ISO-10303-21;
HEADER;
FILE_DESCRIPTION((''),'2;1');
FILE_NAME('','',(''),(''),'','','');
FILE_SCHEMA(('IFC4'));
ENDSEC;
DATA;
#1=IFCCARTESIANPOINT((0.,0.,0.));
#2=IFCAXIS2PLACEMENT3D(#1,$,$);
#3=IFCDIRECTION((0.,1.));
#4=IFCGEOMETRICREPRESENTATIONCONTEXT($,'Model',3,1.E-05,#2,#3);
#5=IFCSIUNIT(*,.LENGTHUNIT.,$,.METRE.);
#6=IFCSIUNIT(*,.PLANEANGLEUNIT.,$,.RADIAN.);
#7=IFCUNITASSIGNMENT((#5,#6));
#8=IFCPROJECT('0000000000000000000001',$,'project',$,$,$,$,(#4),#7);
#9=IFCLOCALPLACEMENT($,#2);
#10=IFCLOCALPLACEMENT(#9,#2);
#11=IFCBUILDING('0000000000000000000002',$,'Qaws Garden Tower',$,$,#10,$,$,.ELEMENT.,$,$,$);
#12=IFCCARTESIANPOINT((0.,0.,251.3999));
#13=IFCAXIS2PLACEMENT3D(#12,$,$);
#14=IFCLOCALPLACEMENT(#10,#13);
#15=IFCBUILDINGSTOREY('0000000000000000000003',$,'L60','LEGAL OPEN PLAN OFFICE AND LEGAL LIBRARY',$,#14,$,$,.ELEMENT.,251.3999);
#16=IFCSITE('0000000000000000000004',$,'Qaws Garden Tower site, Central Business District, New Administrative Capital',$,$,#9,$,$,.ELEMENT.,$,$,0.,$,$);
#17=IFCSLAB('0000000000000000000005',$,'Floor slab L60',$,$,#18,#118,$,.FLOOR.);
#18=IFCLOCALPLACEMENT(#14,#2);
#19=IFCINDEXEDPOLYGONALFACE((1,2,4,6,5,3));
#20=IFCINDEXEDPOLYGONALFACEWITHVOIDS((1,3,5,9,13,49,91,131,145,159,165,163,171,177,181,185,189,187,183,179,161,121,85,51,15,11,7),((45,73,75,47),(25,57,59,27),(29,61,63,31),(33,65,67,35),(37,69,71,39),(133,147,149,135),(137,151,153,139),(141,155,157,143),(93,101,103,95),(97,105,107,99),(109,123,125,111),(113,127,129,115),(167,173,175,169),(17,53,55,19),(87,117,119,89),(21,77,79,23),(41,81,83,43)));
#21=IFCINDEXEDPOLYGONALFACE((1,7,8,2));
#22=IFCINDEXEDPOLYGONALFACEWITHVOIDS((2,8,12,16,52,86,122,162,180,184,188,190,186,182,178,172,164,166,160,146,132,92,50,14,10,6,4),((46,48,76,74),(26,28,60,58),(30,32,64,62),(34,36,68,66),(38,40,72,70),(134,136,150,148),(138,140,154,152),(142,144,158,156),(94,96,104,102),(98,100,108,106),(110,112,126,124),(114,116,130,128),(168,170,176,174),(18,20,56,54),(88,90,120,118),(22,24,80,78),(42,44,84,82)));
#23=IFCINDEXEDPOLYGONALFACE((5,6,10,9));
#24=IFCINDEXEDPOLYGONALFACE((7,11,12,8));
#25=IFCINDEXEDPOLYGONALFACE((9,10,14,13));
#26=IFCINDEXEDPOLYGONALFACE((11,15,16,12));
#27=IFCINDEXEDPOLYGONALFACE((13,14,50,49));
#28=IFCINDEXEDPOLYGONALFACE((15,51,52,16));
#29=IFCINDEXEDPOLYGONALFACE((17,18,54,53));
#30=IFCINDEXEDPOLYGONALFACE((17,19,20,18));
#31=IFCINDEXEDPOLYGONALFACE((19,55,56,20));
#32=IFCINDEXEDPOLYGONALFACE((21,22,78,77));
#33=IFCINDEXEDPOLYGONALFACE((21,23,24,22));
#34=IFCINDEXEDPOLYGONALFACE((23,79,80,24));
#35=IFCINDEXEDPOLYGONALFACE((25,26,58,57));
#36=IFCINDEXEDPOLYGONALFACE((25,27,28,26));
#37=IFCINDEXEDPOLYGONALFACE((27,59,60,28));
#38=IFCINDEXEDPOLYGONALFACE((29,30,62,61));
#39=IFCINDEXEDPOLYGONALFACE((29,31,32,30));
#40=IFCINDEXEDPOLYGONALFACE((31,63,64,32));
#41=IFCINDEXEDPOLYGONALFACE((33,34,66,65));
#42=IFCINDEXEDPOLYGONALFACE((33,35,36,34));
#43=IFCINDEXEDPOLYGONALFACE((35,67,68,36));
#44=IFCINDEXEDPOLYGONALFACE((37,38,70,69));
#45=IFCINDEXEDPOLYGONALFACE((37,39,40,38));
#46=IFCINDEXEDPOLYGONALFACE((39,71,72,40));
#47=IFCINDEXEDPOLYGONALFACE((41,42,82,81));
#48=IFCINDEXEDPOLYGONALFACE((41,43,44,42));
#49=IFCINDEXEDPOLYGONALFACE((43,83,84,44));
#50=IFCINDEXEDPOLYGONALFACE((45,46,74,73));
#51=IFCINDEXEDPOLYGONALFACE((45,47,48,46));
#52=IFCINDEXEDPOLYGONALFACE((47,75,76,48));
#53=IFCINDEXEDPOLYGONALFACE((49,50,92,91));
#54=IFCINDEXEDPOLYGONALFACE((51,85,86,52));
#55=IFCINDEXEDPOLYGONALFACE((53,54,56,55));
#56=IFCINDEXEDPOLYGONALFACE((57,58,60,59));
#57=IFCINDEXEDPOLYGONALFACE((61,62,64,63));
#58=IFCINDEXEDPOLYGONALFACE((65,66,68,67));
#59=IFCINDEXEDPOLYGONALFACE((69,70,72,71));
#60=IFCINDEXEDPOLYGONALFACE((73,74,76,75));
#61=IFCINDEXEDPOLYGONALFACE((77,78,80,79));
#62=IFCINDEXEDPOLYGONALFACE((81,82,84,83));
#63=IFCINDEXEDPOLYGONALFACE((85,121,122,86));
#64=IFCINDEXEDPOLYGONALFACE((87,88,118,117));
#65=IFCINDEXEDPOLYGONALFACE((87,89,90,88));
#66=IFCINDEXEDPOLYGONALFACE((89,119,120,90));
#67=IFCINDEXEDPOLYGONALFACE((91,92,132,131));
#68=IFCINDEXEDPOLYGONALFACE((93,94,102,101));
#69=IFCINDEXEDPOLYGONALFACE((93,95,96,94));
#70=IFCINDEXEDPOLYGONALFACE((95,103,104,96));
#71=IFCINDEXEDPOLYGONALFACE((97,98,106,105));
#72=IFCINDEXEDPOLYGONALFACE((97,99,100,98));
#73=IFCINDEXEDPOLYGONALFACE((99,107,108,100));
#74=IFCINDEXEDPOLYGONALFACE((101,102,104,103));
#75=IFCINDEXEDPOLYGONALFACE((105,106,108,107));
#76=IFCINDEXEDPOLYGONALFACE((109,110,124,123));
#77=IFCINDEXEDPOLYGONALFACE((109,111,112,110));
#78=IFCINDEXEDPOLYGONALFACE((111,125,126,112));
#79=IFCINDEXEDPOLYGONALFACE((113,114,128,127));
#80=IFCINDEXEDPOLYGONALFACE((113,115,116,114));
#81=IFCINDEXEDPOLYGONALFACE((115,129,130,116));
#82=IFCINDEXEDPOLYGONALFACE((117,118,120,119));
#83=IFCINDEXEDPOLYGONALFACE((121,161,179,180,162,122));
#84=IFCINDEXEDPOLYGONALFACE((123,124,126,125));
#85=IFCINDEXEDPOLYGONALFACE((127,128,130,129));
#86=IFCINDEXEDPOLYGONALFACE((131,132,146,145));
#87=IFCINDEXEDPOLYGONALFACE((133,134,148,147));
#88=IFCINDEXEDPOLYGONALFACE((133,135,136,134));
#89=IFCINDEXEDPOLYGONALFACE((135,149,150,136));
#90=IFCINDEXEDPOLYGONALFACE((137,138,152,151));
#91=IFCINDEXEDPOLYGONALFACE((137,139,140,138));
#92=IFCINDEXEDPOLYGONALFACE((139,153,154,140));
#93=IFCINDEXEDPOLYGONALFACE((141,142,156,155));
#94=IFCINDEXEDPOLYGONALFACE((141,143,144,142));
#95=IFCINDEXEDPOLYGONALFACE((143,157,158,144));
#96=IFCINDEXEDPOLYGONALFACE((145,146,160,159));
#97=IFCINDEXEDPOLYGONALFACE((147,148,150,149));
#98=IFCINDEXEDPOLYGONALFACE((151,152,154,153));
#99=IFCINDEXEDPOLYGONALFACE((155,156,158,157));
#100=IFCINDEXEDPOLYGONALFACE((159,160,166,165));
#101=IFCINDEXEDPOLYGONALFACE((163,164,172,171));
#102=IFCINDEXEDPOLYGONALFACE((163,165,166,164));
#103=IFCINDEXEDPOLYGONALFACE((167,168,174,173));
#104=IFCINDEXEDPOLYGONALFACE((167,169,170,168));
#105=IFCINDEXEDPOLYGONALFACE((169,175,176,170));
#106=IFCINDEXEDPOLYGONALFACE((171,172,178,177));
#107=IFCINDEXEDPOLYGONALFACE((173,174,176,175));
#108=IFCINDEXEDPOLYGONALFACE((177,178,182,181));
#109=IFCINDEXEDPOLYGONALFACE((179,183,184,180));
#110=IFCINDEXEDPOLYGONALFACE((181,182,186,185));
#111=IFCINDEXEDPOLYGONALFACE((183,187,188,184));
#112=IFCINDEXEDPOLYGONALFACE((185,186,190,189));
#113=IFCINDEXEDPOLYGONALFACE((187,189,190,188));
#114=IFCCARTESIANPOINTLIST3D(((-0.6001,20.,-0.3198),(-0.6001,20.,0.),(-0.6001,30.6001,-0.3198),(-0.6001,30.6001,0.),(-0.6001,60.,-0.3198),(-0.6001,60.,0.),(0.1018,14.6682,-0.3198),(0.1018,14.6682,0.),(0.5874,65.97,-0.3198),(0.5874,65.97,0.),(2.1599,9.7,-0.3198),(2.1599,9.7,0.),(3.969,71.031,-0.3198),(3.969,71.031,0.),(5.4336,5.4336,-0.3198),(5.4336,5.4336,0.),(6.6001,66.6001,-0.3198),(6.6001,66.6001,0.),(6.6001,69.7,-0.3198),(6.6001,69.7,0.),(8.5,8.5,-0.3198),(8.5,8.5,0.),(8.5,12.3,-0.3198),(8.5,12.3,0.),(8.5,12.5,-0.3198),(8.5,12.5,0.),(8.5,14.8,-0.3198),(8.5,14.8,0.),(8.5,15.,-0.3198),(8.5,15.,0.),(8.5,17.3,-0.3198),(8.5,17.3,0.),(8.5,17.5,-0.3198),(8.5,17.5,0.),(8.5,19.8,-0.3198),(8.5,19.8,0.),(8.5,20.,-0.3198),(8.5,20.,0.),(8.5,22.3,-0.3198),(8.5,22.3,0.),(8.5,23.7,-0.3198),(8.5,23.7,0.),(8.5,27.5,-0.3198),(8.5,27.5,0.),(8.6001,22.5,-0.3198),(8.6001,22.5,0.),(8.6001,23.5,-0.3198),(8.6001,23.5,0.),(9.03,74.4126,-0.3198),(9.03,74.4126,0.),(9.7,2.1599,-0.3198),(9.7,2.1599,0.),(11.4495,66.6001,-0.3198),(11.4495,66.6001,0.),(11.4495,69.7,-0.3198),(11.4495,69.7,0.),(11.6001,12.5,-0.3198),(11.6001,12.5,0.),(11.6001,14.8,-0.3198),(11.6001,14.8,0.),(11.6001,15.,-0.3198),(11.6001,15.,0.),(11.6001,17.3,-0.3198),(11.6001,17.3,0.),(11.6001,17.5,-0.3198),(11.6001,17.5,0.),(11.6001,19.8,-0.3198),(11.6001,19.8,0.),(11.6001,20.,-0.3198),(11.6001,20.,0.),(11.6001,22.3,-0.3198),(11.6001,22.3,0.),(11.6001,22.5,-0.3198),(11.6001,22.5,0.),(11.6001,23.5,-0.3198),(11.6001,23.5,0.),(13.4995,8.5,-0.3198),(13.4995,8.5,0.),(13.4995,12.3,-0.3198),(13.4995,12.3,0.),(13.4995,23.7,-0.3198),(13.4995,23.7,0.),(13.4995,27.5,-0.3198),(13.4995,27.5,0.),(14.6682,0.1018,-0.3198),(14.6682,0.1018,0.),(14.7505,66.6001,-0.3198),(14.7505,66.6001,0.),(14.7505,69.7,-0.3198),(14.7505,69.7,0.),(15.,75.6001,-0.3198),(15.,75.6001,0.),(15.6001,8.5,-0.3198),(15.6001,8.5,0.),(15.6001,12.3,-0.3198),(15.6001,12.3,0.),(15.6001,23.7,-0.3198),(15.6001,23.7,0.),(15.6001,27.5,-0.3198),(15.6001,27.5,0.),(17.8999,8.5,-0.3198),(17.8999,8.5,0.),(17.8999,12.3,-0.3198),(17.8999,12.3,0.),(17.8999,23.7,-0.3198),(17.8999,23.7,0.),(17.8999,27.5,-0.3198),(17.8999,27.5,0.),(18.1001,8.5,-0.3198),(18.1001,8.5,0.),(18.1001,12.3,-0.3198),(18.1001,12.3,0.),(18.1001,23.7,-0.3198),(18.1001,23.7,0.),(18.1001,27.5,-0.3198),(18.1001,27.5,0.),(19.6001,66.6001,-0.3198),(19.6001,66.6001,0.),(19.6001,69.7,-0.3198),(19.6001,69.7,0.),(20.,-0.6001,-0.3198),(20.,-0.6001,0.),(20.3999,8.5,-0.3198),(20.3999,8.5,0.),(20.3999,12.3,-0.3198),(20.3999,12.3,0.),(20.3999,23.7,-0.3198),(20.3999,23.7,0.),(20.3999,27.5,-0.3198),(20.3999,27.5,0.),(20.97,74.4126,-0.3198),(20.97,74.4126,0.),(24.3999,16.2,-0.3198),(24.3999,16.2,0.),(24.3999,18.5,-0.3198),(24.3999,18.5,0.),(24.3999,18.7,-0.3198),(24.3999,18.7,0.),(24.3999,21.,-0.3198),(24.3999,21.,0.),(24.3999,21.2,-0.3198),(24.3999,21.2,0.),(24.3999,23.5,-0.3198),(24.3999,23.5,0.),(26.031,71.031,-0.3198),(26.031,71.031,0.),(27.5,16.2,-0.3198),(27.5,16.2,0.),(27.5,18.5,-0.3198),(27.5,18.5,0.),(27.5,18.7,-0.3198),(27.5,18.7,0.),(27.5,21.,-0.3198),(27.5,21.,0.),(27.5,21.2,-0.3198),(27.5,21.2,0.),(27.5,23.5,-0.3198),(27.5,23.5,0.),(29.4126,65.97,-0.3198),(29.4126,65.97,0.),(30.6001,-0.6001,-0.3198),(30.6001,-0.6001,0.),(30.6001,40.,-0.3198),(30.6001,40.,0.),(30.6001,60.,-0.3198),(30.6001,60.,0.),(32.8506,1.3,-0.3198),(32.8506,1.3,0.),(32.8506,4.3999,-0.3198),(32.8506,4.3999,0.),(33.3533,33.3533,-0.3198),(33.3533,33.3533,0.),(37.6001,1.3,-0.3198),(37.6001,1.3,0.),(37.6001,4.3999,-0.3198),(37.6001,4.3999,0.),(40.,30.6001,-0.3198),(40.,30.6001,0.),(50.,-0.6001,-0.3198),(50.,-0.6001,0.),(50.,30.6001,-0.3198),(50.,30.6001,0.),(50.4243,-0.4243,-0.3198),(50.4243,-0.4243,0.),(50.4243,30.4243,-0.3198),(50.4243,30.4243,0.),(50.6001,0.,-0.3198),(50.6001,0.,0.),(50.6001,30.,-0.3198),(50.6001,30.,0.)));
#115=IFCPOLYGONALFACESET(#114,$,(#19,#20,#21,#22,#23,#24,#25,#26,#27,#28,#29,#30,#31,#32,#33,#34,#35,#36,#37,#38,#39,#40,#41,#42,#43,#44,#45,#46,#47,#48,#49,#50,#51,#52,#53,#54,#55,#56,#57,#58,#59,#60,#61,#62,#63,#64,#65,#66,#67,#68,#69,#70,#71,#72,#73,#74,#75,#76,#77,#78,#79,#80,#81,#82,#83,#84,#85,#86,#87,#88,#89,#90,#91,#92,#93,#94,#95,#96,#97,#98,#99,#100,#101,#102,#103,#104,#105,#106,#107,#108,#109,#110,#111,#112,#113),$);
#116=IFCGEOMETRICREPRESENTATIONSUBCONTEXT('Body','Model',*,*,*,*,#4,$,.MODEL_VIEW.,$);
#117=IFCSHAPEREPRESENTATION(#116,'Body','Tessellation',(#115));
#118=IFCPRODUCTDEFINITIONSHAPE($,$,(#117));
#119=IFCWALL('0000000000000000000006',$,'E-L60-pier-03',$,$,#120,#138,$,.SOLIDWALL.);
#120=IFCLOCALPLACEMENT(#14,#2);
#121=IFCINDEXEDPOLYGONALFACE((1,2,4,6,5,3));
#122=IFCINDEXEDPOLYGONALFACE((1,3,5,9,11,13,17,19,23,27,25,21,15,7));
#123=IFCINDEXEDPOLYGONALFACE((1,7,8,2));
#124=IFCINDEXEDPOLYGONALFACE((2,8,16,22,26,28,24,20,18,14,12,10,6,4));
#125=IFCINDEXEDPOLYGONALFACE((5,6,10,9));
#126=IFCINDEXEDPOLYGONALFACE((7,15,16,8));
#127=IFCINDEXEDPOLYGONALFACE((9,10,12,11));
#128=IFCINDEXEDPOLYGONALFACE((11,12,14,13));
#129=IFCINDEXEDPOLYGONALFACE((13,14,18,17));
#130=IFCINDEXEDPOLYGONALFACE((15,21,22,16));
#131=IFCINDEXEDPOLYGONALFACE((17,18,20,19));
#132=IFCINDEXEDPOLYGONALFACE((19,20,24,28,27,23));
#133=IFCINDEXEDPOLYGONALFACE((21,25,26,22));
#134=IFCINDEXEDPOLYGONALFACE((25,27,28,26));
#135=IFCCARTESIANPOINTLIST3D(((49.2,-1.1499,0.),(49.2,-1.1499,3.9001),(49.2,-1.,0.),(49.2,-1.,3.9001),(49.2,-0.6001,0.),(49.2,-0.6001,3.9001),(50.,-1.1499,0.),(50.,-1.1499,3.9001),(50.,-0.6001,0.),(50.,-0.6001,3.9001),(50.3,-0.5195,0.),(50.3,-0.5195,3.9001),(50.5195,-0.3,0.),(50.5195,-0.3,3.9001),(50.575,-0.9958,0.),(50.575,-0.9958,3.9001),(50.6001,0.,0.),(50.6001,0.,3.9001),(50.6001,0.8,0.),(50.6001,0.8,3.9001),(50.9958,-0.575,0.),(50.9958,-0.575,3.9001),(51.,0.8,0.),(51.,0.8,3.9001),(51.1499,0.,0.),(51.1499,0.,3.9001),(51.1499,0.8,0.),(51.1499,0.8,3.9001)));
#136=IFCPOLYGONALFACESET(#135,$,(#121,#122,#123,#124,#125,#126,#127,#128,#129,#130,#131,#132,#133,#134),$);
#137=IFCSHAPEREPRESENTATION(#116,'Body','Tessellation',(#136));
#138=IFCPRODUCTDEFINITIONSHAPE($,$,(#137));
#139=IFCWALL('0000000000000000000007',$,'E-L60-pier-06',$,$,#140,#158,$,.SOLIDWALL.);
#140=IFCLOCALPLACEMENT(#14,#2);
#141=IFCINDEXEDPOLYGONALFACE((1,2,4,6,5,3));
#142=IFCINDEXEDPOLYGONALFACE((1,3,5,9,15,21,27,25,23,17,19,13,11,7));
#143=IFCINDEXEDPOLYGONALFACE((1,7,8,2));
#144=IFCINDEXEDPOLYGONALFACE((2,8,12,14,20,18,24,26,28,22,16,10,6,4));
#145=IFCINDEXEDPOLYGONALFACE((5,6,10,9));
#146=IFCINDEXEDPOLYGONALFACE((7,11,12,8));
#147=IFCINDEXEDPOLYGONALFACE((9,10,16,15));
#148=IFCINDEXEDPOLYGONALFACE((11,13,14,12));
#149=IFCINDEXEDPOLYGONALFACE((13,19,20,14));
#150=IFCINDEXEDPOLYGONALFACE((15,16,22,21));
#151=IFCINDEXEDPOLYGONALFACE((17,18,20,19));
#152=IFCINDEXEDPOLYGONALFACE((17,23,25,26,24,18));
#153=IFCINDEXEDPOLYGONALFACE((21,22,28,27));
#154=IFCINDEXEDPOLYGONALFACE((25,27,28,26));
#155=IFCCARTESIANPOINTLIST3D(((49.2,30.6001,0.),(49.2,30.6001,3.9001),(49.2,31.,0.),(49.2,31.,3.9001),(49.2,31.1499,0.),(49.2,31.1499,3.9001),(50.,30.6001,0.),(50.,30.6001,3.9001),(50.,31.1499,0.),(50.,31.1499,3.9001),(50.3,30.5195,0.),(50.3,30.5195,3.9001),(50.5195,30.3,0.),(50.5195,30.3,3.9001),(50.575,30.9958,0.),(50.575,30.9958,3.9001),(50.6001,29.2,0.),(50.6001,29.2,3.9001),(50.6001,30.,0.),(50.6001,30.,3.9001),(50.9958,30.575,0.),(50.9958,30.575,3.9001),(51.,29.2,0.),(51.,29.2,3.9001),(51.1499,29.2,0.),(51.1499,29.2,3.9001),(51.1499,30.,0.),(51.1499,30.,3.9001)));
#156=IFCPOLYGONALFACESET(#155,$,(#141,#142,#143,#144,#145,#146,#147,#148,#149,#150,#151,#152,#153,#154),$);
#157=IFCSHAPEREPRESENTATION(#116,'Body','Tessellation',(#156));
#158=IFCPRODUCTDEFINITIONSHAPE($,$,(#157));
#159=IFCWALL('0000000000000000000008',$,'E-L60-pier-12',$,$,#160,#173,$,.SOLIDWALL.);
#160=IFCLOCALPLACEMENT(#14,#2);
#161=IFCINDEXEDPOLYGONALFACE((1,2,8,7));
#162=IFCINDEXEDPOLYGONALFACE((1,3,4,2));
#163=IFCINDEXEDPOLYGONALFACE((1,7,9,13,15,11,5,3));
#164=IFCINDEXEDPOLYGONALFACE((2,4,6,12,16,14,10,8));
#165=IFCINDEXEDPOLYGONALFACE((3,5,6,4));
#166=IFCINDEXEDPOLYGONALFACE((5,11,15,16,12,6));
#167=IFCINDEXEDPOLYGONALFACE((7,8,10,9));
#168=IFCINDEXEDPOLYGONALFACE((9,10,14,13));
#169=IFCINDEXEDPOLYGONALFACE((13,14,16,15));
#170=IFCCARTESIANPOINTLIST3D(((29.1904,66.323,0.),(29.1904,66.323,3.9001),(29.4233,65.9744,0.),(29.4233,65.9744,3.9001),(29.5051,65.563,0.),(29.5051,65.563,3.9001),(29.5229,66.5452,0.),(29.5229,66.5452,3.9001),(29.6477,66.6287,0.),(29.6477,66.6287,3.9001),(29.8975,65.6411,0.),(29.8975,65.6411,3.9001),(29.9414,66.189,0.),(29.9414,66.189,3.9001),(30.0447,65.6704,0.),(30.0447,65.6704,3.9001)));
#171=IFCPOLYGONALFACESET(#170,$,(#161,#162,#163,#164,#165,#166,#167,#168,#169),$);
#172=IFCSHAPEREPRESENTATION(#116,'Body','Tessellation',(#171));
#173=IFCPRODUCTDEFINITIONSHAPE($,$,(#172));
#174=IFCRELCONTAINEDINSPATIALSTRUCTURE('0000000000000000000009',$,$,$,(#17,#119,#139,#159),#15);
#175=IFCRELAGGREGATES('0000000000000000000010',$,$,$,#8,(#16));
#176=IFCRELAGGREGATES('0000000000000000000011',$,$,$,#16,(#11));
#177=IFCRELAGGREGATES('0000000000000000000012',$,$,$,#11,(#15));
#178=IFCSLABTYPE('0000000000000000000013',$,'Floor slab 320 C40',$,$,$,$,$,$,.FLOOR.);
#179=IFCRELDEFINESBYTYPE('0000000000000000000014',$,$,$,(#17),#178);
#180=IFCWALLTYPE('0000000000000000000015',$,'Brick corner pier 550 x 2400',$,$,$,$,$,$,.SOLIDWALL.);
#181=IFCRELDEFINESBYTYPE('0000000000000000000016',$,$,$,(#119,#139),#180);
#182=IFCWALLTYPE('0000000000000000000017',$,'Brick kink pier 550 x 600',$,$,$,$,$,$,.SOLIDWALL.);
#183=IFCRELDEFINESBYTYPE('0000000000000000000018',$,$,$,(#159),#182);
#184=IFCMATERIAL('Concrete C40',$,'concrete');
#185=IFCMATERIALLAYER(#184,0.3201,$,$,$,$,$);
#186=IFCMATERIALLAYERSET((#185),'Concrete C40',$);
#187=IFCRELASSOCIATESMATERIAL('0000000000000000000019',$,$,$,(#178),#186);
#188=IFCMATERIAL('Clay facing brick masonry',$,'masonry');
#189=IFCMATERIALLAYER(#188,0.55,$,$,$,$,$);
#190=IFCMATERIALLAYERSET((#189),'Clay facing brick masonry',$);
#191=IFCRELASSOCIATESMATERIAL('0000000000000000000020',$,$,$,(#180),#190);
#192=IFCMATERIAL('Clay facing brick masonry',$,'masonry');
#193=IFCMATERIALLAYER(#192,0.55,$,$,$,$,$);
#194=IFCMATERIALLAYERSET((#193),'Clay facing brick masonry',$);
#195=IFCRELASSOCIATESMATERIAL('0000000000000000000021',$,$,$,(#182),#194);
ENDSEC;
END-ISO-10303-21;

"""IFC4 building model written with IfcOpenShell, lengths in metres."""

from ifc_helpers import new_model, si_unit, direction, frame, origin, place, context, subcontext, project, spatial, polyline, outline, extrude, material, layer, layer_set, type_object, element, save


model = new_model("IFC4")

# Units and contexts
model_context = context("Model", 3, precision=1e-05, world=origin(), true_north=direction((0.0, 1.0)))
body_context = subcontext(model_context, "Body", "Model", "MODEL_VIEW")
ifc_project = project(units=[si_unit("LENGTHUNIT", "METRE"), si_unit("PLANEANGLEUNIT", "RADIAN")], contexts=[model_context])

# Site, building, storey
site_placement = place(None, origin())
site = spatial("IfcSite", under=ifc_project, at=site_placement, Name="Qaws Garden Tower site, Central Business District, New Administrative Capital", CompositionType="ELEMENT", RefElevation=0.0)
building_placement = place(site_placement, origin())
building = spatial("IfcBuilding", under=site, at=building_placement, Name="Qaws Garden Tower", CompositionType="ELEMENT")
storey_placement = place(building_placement, frame((0.0, 0.0, 251.3999)))
storey = spatial("IfcBuildingStorey", under=building, at=storey_placement, Name="L60", Description="LEGAL OPEN PLAN OFFICE AND LEGAL LIBRARY", CompositionType="ELEMENT", Elevation=251.3999)

# Slab
ifc_material_1 = material(Name="Concrete C40", Category="concrete")
ifc_layer_1 = layer(ifc_material_1, 0.3201)
ifc_layer_set_1 = layer_set([ifc_layer_1], Name="Concrete C40")
slab_type = type_object("IfcSlabType", Name="Floor slab 320 C40", PredefinedType="FLOOR", material=ifc_layer_set_1)
slab_placement = place(storey_placement, frame((0.0, 0.0, -0.3198)))
element("IfcSlab", 1, at=slab_placement, inside=storey, type_object=slab_type, Name="Floor slab L60", PredefinedType="FLOOR", context=body_context, shape_type="SweptSolid", body=[
    extrude(outline(polyline([(0.1018, 14.6682), (-0.6001, 20.0), (-0.6001, 30.6001), (-0.6001, 60.0), (-0.6001, 60.0), (0.5874, 65.97), (3.969, 71.031), (9.03, 74.4126), (15.0, 75.6001), (20.97, 74.4126), (26.031, 71.031), (29.4126, 65.97), (30.6001, 60.0), (30.6001, 40.0), (33.3533, 33.3533), (40.0, 30.6001), (50.0, 30.6001), (50.4243, 30.4243), (50.6001, 30.0), (50.6001, 0.0), (50.4243, -0.4243), (50.0, -0.6001), (30.6001, -0.6001), (20.0, -0.6001), (14.6682, 0.1018), (9.7, 2.1599), (5.4336, 5.4336), (2.1599, 9.7), (0.1018, 14.6682)]), holes=[polyline([(13.4995, 12.3), (8.5, 12.3), (8.5, 8.5), (13.4995, 8.5), (13.4995, 12.3)]), polyline([(17.8999, 12.3), (15.6001, 12.3), (15.6001, 8.5), (17.8999, 8.5), (17.8999, 12.3)]), polyline([(11.6001, 14.8), (8.5, 14.8), (8.5, 12.5), (11.6001, 12.5), (11.6001, 14.8)]), polyline([(11.6001, 17.3), (8.5, 17.3), (8.5, 15.0), (11.6001, 15.0), (11.6001, 17.3)]), polyline([(11.6001, 19.8), (8.5, 19.8), (8.5, 17.5), (11.6001, 17.5), (11.6001, 19.8)]), polyline([(11.6001, 22.3), (8.5, 22.3), (8.5, 20.0), (11.6001, 20.0), (11.6001, 22.3)]), polyline([(11.6001, 23.5), (8.6001, 23.5), (8.6001, 22.5), (11.6001, 22.5), (11.6001, 23.5)]), polyline([(13.4995, 27.5), (8.5, 27.5), (8.5, 23.7), (13.4995, 23.7), (13.4995, 27.5)]), polyline([(11.4495, 69.7), (6.6001, 69.7), (6.6001, 66.6001), (11.4495, 66.6001), (11.4495, 69.7)]), polyline([(37.6001, 4.3999), (32.8506, 4.3999), (32.8506, 1.3), (37.6001, 1.3), (37.6001, 4.3999)]), polyline([(20.3999, 12.3), (18.1001, 12.3), (18.1001, 8.5), (20.3999, 8.5), (20.3999, 12.3)]), polyline([(27.5, 18.5), (24.3999, 18.5), (24.3999, 16.2), (27.5, 16.2), (27.5, 18.5)]), polyline([(27.5, 21.0), (24.3999, 21.0), (24.3999, 18.7), (27.5, 18.7), (27.5, 21.0)]), polyline([(27.5, 23.5), (24.3999, 23.5), (24.3999, 21.2), (27.5, 21.2), (27.5, 23.5)]), polyline([(17.8999, 27.5), (15.6001, 27.5), (15.6001, 23.7), (17.8999, 23.7), (17.8999, 27.5)]), polyline([(20.3999, 23.7), (20.3999, 27.5), (18.1001, 27.5), (18.1001, 23.7), (20.3999, 23.7)]), polyline([(19.6001, 66.6001), (19.6001, 69.7), (14.7505, 69.7), (14.7505, 66.6001), (19.6001, 66.6001)])]), origin(), (0.0, 0.0, 1.0), 0.3198),
])

# Walls
ifc_material_2 = material(Name="Clay facing brick masonry", Category="masonry")
ifc_layer_2 = layer(ifc_material_2, 0.55)
ifc_layer_set_2 = layer_set([ifc_layer_2], Name="Clay facing brick masonry")
wall_type_1 = type_object("IfcWallType", Name="Brick corner pier 550 x 2400", PredefinedType="SOLIDWALL", material=ifc_layer_set_2)
placement = place(storey_placement, origin())
element("IfcWall", 2, at=placement, inside=storey, type_object=wall_type_1, Name="E-L60-pier-03", PredefinedType="SOLIDWALL", context=body_context, shape_type="SweptSolid", body=[
    extrude(outline(polyline([(49.2, -1.0), (49.2, -1.1499), (50.0, -1.1499), (50.575, -0.9958), (50.9958, -0.575), (51.1499, 0.0), (51.1499, 0.8), (51.0, 0.8), (50.6001, 0.8), (50.6001, 0.0), (50.5195, -0.3), (50.3, -0.5195), (50.0, -0.6001), (49.2, -0.6001), (49.2, -1.0)])), origin(), (0.0, 0.0, 1.0), 3.9001),
])
element("IfcWall", 3, at=placement, inside=storey, type_object=wall_type_1, Name="E-L60-pier-06", PredefinedType="SOLIDWALL", context=body_context, shape_type="SweptSolid", body=[
    extrude(outline(polyline([(51.0, 29.2), (51.1499, 29.2), (51.1499, 30.0), (50.9958, 30.575), (50.575, 30.9958), (50.0, 31.1499), (49.2, 31.1499), (49.2, 31.0), (49.2, 30.6001), (50.0, 30.6001), (50.3, 30.5195), (50.5195, 30.3), (50.6001, 30.0), (50.6001, 29.2), (51.0, 29.2)])), origin(), (0.0, 0.0, 1.0), 3.9001),
])
ifc_material_3 = material(Name="Clay facing brick masonry", Category="masonry")
ifc_layer_3 = layer(ifc_material_3, 0.55)
ifc_layer_set_3 = layer_set([ifc_layer_3], Name="Clay facing brick masonry")
wall_type_2 = type_object("IfcWallType", Name="Brick kink pier 550 x 600", PredefinedType="SOLIDWALL", material=ifc_layer_set_3)
element("IfcWall", 4, at=placement, inside=storey, type_object=wall_type_2, Name="E-L60-pier-12", PredefinedType="SOLIDWALL", context=body_context, shape_type="SweptSolid", body=[
    extrude(outline(polyline([(29.8975, 65.6411), (30.0447, 65.6704), (29.9414, 66.189), (29.6477, 66.6287), (29.5229, 66.5452), (29.1904, 66.323), (29.4233, 65.9744), (29.5051, 65.563), (29.8975, 65.6411)])), origin(), (0.0, 0.0, 1.0), 3.9001),
])

save(model, "model.ifc")
